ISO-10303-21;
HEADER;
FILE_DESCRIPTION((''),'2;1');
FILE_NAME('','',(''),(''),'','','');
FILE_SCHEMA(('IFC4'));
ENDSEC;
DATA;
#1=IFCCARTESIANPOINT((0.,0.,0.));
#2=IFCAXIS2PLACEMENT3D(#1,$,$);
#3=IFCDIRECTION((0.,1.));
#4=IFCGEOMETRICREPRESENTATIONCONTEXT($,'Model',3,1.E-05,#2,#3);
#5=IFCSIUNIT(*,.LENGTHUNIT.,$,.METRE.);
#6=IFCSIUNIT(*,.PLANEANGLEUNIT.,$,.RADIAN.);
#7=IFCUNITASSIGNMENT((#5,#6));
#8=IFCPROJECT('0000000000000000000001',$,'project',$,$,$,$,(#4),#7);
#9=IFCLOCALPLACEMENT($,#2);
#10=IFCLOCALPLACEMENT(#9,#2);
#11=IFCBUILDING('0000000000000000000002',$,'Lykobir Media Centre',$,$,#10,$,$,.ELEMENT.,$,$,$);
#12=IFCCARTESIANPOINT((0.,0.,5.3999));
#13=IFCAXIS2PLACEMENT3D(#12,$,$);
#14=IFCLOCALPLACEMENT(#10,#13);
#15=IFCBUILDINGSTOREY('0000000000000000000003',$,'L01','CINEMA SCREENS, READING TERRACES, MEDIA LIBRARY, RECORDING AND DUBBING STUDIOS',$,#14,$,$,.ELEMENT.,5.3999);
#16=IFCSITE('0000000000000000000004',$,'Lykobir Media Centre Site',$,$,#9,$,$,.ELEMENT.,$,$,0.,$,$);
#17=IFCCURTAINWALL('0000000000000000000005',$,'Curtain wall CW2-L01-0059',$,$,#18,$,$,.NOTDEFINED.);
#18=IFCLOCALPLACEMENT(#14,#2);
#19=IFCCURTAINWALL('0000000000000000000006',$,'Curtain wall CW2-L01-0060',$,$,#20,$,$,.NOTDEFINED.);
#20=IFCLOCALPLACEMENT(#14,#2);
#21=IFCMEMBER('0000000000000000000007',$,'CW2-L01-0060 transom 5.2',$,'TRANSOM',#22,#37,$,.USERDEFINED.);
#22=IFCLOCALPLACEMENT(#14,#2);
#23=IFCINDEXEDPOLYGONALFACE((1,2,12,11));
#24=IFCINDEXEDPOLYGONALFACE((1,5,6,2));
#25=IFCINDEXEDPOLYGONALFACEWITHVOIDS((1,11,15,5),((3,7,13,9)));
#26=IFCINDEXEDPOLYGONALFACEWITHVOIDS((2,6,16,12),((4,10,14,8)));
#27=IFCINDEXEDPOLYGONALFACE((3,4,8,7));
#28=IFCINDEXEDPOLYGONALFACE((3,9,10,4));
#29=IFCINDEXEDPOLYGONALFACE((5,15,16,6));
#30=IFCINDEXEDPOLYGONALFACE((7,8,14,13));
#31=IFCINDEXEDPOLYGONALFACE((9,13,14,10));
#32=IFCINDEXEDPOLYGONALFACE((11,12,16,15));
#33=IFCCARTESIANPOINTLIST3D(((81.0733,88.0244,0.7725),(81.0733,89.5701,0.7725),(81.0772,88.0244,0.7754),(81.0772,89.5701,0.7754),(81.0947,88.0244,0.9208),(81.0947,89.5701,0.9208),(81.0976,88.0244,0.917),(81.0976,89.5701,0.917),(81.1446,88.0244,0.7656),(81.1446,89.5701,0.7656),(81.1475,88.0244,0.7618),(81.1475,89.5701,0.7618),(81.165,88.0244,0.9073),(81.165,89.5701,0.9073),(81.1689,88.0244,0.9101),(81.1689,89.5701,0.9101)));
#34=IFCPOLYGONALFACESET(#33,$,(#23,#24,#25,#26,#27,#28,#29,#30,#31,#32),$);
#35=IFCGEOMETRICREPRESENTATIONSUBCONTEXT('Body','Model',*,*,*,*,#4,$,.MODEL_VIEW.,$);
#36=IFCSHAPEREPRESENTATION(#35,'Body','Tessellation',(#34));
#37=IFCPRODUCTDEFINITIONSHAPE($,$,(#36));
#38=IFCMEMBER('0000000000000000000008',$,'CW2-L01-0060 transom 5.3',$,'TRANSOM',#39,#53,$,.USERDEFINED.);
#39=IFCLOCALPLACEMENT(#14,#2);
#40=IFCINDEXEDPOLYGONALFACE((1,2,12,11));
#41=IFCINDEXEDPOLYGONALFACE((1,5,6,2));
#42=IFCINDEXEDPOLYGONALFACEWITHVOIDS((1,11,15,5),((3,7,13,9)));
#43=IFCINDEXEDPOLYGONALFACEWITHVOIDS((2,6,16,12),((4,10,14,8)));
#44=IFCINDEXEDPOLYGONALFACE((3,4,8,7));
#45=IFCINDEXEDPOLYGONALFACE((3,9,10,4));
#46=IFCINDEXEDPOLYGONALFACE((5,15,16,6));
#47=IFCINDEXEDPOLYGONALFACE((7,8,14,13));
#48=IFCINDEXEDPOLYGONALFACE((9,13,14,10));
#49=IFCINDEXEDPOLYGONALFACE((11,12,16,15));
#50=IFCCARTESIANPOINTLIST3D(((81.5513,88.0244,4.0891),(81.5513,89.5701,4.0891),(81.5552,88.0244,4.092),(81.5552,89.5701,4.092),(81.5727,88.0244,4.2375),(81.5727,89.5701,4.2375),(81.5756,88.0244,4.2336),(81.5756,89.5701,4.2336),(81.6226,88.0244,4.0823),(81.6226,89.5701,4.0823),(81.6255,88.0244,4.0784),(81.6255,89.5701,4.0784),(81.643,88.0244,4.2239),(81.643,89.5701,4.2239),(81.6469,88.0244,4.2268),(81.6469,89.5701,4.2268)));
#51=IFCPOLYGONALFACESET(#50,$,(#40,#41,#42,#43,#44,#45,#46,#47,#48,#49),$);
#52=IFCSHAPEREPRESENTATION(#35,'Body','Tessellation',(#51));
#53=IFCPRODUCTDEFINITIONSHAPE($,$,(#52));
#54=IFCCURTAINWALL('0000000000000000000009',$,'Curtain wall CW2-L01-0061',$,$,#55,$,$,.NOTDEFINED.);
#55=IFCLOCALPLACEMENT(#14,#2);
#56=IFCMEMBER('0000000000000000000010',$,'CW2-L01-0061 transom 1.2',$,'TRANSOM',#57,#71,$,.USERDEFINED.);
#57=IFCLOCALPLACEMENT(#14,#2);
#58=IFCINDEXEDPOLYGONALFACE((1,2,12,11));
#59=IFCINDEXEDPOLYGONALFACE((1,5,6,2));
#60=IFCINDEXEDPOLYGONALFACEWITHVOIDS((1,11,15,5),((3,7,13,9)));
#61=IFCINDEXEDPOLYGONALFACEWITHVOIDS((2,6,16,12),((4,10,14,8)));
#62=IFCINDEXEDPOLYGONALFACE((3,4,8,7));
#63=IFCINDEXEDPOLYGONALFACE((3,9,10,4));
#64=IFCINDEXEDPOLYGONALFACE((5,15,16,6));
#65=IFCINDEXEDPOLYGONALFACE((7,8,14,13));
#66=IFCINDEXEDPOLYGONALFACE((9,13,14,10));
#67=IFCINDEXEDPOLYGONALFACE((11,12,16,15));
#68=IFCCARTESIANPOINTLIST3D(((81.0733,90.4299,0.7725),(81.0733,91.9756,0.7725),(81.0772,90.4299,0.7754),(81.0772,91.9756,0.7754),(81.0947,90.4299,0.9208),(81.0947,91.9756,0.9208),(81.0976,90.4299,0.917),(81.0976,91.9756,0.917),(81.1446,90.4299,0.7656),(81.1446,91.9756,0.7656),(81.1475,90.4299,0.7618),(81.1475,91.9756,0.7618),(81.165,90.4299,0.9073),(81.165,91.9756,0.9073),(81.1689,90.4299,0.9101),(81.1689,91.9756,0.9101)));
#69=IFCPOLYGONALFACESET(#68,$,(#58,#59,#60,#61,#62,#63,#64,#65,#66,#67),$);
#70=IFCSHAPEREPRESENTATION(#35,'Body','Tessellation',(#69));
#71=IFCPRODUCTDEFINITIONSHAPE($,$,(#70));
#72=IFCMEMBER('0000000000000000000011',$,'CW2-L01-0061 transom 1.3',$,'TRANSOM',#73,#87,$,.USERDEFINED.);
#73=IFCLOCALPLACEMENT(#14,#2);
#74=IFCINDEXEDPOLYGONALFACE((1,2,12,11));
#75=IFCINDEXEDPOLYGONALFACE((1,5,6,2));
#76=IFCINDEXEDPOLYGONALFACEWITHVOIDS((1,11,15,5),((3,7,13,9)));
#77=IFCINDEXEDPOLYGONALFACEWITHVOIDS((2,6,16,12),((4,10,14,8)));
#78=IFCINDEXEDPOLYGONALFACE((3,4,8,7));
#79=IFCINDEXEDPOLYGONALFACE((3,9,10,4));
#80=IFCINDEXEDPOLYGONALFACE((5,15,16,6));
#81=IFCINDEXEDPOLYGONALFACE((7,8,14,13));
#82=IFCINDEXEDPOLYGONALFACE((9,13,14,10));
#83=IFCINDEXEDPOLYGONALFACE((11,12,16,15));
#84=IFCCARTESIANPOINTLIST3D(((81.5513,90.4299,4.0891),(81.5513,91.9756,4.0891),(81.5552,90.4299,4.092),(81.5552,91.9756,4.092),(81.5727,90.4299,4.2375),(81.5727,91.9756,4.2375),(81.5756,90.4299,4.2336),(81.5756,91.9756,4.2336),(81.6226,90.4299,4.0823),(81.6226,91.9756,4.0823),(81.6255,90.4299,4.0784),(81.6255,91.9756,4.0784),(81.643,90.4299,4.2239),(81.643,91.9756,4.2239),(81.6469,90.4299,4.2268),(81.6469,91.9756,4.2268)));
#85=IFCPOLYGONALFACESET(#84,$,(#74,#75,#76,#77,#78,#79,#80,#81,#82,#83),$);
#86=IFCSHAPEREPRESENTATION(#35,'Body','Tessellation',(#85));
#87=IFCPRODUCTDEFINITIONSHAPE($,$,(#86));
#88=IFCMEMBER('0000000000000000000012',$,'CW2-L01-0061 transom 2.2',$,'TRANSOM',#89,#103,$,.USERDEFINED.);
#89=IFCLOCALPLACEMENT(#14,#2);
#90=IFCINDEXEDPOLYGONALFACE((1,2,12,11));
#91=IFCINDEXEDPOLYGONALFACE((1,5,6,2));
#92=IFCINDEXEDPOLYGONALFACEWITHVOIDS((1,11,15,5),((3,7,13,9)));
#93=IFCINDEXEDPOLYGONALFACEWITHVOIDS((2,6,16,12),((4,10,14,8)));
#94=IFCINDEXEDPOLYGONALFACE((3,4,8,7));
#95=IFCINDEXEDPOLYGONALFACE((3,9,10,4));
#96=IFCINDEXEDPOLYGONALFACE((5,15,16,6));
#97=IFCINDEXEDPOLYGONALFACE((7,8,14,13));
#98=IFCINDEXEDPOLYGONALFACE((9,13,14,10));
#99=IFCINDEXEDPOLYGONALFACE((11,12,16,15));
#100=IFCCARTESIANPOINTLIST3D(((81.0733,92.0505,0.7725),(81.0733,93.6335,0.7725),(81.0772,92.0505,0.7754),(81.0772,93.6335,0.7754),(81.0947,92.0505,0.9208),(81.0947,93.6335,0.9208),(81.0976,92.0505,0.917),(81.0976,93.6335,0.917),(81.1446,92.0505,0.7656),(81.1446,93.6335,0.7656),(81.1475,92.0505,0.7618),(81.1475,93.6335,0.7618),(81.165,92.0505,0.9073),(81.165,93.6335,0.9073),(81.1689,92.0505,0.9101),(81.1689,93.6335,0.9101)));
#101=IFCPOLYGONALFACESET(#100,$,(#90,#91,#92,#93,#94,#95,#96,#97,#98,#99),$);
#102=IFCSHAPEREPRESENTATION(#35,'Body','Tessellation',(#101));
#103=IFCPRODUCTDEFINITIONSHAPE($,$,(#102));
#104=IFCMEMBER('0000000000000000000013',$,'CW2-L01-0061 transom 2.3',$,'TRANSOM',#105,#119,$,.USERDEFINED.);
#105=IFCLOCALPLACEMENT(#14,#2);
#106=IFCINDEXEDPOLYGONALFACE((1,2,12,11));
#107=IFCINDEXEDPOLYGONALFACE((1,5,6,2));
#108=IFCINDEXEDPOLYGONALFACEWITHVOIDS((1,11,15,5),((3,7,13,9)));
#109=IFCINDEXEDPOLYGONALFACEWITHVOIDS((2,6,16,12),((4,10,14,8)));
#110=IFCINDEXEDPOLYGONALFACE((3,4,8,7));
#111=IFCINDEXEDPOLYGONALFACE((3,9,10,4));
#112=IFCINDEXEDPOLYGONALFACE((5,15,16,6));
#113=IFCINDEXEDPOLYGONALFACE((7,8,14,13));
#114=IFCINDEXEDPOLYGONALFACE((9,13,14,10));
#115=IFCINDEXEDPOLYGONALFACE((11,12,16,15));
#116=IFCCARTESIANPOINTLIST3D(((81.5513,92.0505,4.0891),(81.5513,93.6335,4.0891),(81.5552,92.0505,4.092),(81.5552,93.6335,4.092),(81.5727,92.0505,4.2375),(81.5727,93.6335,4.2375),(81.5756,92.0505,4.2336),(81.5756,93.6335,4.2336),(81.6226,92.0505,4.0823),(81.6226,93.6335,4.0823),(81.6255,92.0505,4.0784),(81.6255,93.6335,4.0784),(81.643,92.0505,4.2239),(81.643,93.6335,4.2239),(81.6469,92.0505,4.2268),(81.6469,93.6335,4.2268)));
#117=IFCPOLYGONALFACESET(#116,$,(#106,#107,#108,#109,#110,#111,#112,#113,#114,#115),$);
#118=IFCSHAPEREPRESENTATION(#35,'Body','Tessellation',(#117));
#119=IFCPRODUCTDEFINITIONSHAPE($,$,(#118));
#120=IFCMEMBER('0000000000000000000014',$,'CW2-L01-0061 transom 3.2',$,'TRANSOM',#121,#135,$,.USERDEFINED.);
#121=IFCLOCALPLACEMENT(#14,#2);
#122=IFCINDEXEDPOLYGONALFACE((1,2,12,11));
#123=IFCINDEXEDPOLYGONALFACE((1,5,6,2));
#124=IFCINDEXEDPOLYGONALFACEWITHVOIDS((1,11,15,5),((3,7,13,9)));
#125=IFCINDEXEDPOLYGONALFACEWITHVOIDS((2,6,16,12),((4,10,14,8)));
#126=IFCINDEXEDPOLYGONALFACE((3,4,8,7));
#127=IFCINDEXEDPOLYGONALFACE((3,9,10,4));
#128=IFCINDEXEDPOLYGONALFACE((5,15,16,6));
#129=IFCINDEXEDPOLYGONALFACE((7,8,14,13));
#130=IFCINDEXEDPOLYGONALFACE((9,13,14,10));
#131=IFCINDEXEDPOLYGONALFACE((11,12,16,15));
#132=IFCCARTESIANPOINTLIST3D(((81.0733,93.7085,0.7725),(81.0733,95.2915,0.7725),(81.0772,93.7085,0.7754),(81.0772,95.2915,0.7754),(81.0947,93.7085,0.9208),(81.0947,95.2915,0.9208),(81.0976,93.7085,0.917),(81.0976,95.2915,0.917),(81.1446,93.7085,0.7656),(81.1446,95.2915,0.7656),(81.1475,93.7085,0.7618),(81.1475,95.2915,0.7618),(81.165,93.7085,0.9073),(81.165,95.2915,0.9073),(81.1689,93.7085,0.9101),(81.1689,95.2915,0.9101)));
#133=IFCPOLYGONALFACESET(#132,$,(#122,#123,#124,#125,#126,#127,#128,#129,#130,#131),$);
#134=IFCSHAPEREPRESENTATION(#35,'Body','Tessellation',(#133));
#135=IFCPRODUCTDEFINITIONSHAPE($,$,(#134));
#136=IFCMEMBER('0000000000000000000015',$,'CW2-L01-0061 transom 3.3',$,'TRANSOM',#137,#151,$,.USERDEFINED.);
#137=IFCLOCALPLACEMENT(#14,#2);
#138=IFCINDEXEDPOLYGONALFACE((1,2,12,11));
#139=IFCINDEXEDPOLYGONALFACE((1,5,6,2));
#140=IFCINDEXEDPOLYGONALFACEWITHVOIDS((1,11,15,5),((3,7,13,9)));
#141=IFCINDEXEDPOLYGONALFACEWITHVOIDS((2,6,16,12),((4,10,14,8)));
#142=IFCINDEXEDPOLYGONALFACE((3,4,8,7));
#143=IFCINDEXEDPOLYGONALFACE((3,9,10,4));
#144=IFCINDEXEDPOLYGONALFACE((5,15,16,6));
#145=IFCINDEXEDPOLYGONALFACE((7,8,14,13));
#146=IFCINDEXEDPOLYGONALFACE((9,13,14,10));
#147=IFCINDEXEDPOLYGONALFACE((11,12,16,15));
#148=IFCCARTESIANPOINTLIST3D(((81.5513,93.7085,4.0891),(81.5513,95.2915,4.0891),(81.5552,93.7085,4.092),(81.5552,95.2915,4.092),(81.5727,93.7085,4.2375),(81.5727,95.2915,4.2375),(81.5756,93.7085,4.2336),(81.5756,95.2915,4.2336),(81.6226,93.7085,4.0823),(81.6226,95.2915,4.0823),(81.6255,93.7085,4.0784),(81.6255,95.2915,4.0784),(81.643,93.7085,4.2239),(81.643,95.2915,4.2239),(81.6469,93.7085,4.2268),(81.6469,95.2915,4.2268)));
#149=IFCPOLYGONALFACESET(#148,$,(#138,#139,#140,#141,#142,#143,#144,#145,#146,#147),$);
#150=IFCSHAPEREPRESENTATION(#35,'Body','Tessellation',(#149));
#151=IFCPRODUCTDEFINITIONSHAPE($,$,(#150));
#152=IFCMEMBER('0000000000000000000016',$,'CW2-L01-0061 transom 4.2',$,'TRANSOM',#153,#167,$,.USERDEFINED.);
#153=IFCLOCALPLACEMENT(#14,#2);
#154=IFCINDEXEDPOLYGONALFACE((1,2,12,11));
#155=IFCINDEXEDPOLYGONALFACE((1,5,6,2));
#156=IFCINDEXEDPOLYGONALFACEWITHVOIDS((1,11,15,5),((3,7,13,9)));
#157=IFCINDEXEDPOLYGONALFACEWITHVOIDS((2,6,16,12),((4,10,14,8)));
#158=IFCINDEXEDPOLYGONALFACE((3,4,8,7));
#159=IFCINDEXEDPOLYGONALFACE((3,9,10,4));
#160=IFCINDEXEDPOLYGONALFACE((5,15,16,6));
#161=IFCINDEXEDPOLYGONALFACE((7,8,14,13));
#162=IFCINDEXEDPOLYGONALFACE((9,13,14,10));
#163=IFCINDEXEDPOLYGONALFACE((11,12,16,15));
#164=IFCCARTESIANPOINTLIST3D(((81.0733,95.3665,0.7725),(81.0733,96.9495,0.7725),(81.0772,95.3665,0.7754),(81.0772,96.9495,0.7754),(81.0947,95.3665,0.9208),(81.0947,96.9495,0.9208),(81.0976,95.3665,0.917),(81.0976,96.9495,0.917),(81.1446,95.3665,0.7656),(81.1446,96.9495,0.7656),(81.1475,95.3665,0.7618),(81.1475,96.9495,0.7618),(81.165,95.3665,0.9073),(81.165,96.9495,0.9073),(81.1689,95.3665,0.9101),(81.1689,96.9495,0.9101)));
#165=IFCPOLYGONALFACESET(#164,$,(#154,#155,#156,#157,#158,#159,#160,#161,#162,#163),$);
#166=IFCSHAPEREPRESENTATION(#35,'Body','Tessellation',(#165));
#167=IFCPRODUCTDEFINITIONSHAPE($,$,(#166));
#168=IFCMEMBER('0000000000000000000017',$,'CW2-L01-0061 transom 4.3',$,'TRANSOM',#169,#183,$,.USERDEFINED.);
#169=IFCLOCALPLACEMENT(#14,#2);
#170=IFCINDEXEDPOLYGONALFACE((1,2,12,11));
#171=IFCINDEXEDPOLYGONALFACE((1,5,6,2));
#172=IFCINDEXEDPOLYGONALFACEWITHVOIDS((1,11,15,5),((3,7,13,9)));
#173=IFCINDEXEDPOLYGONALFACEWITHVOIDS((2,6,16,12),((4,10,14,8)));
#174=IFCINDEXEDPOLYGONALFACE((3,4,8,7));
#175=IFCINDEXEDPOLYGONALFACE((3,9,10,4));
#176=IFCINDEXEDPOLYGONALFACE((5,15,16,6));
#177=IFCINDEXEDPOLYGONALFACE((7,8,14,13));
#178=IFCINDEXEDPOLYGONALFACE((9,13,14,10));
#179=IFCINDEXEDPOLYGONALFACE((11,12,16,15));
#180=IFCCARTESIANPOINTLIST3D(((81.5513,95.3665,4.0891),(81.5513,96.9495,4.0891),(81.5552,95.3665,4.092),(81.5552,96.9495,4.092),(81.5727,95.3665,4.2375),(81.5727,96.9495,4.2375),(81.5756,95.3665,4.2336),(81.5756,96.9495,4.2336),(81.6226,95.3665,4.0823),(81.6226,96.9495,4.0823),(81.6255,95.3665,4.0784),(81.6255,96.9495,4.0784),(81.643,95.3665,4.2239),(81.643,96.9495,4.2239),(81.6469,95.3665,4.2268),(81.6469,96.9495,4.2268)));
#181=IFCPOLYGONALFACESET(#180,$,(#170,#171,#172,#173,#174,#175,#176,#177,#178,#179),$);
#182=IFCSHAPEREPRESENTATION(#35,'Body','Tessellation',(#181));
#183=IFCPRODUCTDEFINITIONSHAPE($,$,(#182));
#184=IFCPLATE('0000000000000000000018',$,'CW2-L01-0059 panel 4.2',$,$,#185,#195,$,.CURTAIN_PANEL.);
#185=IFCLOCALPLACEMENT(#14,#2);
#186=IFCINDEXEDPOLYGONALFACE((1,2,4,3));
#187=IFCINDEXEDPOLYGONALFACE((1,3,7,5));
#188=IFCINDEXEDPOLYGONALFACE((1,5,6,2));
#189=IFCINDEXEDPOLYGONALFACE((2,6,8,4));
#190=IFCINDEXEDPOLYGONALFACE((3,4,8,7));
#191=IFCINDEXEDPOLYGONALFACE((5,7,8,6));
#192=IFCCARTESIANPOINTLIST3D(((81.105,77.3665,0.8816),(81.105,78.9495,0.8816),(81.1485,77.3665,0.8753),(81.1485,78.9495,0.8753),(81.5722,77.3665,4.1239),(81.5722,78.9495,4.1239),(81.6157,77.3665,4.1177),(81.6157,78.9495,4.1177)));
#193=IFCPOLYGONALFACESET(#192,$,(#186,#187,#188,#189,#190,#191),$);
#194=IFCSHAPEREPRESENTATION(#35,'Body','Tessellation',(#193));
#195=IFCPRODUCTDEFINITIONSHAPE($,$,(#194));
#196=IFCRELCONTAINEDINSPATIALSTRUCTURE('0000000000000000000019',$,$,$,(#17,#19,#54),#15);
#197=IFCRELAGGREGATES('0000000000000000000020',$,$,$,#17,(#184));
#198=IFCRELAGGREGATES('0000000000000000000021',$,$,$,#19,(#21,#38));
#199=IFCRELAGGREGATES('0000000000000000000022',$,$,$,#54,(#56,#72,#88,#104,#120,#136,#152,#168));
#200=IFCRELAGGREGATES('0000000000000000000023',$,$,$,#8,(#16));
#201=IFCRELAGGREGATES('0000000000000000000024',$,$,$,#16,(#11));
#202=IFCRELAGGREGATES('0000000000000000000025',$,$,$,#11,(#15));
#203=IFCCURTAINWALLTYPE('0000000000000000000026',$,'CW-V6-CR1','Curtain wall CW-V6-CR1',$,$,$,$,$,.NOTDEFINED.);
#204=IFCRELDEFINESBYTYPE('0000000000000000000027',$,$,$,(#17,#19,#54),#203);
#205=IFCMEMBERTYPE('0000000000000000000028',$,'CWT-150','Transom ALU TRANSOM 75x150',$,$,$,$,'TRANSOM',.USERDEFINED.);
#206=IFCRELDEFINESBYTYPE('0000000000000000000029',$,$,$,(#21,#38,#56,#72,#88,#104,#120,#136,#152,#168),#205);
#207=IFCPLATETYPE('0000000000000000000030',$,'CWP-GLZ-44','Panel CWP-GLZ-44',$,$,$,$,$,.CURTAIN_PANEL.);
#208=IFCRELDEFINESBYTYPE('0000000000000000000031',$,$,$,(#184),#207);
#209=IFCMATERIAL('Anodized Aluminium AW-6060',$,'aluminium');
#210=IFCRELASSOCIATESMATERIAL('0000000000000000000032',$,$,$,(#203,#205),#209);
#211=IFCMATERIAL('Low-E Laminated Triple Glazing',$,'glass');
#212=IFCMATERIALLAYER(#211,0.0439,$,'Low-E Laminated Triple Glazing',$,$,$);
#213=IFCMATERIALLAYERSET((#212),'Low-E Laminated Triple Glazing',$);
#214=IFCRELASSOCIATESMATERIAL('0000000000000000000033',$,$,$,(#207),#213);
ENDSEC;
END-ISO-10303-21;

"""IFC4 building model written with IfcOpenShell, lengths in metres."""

from ifc_helpers import new_model, si_unit, direction, frame, origin, origin_2d, place, context, subcontext, project, spatial, rectangle, hollow_rectangle, extrude, material, layer, layer_set, material_profile, profile_set, type_object, element, aggregate, save


model = new_model("IFC4")

# Units and contexts
model_context = context("Model", 3, precision=1e-05, world=origin(), true_north=direction((0.0, 1.0)))
body_context = subcontext(model_context, "Body", "Model", "MODEL_VIEW")
ifc_project = project(units=[si_unit("LENGTHUNIT", "METRE"), si_unit("PLANEANGLEUNIT", "RADIAN")], contexts=[model_context])

# Site, building, storey
site_placement = place(None, origin())
site = spatial("IfcSite", under=ifc_project, at=site_placement, Name="Lykobir Media Centre Site", CompositionType="ELEMENT", RefElevation=0.0)
building_placement = place(site_placement, origin())
building = spatial("IfcBuilding", under=site, at=building_placement, Name="Lykobir Media Centre", CompositionType="ELEMENT")
storey_placement = place(building_placement, frame((0.0, 0.0, 5.3999)))
storey = spatial("IfcBuildingStorey", under=building, at=storey_placement, Name="L01", Description="CINEMA SCREENS, READING TERRACES, MEDIA LIBRARY, RECORDING AND DUBBING STUDIOS", CompositionType="ELEMENT", Elevation=5.3999)

# Curtain walls, members
ifc_material_1 = material(Name="Anodized Aluminium AW-6060", Category="aluminium")
curtain_wall_type = type_object("IfcCurtainWallType", Name="CW-V6-CR1", Description="Curtain wall CW-V6-CR1", PredefinedType="NOTDEFINED", material=ifc_material_1)
curtain_wall_1_placement = place(storey_placement, origin())
curtain_wall_1 = element("IfcCurtainWall", 1, at=curtain_wall_1_placement, inside=storey, type_object=curtain_wall_type, Name="Curtain wall CW2-L01-0059", PredefinedType="NOTDEFINED")
ifc_material_profile = material_profile(ifc_material_1, hollow_rectangle(XDim=0.075, YDim=0.1499, WallThickness=0.0034, at=origin_2d()), Name="ALU TRANSOM 75x150")
ifc_profile_set = profile_set([ifc_material_profile], Name="Anodized Aluminium AW-6060")
member_type = type_object("IfcMemberType", Name="CWT-150", Description="Transom ALU TRANSOM 75x150", ElementType="TRANSOM", PredefinedType="USERDEFINED", material=ifc_profile_set)
curtain_wall_2_placement = place(storey_placement, origin())
curtain_wall_2 = element("IfcCurtainWall", 2, at=curtain_wall_2_placement, inside=storey, type_object=curtain_wall_type, Name="Curtain wall CW2-L01-0060", PredefinedType="NOTDEFINED")
member_1_placement = place(storey_placement, frame((81.1211, 88.0244, 0.8413), z_axis=(0.0, 1.0, 0.0), x_axis=(-0.989776, 0.0, 0.142629)))
member_1 = element("IfcMember", 3, at=member_1_placement, type_object=member_type, Name="CW2-L01-0060 transom 5.2", ObjectType="TRANSOM", PredefinedType="USERDEFINED", context=body_context, shape_type="SweptSolid", body=[
    extrude(hollow_rectangle(XDim=0.075, YDim=0.1499, WallThickness=0.0034, at=origin_2d()), origin(), (0.0, 0.0, 1.0), 1.5457),
])
member_2_placement = place(storey_placement, frame((81.5991, 88.0244, 4.158), z_axis=(0.0, 1.0, 0.0), x_axis=(-0.989776, 0.0, 0.142629)))
member_2 = element("IfcMember", 4, at=member_2_placement, type_object=member_type, Name="CW2-L01-0060 transom 5.3", ObjectType="TRANSOM", PredefinedType="USERDEFINED", context=body_context, shape_type="SweptSolid", body=[
    extrude(hollow_rectangle(XDim=0.075, YDim=0.1499, WallThickness=0.0034, at=origin_2d()), origin(), (0.0, 0.0, 1.0), 1.5457),
])
curtain_wall_3_placement = place(storey_placement, origin())
curtain_wall_3 = element("IfcCurtainWall", 5, at=curtain_wall_3_placement, inside=storey, type_object=curtain_wall_type, Name="Curtain wall CW2-L01-0061", PredefinedType="NOTDEFINED")
member_3_placement = place(storey_placement, frame((81.1211, 90.4299, 0.8413), z_axis=(0.0, 1.0, 0.0), x_axis=(-0.989776, 0.0, 0.142629)))
member_3 = element("IfcMember", 6, at=member_3_placement, type_object=member_type, Name="CW2-L01-0061 transom 1.2", ObjectType="TRANSOM", PredefinedType="USERDEFINED", context=body_context, shape_type="SweptSolid", body=[
    extrude(hollow_rectangle(XDim=0.075, YDim=0.1499, WallThickness=0.0034, at=origin_2d()), origin(), (0.0, 0.0, 1.0), 1.5457),
])
member_4_placement = place(storey_placement, frame((81.5991, 90.4299, 4.158), z_axis=(0.0, 1.0, 0.0), x_axis=(-0.989776, 0.0, 0.142629)))
member_4 = element("IfcMember", 7, at=member_4_placement, type_object=member_type, Name="CW2-L01-0061 transom 1.3", ObjectType="TRANSOM", PredefinedType="USERDEFINED", context=body_context, shape_type="SweptSolid", body=[
    extrude(hollow_rectangle(XDim=0.075, YDim=0.1499, WallThickness=0.0034, at=origin_2d()), origin(), (0.0, 0.0, 1.0), 1.5457),
])
member_5_placement = place(storey_placement, frame((81.1211, 92.0505, 0.8413), z_axis=(0.0, 1.0, 0.0), x_axis=(-0.989776, 0.0, 0.142629)))
member_5 = element("IfcMember", 8, at=member_5_placement, type_object=member_type, Name="CW2-L01-0061 transom 2.2", ObjectType="TRANSOM", PredefinedType="USERDEFINED", context=body_context, shape_type="SweptSolid", body=[
    extrude(hollow_rectangle(XDim=0.075, YDim=0.1499, WallThickness=0.0034, at=origin_2d()), origin(), (0.0, 0.0, 1.0), 1.583),
])
member_6_placement = place(storey_placement, frame((81.5991, 92.0505, 4.158), z_axis=(0.0, 1.0, 0.0), x_axis=(-0.989776, 0.0, 0.142629)))
member_6 = element("IfcMember", 9, at=member_6_placement, type_object=member_type, Name="CW2-L01-0061 transom 2.3", ObjectType="TRANSOM", PredefinedType="USERDEFINED", context=body_context, shape_type="SweptSolid", body=[
    extrude(hollow_rectangle(XDim=0.075, YDim=0.1499, WallThickness=0.0034, at=origin_2d()), origin(), (0.0, 0.0, 1.0), 1.583),
])
member_7_placement = place(storey_placement, frame((81.1211, 93.7085, 0.8413), z_axis=(0.0, 1.0, 0.0), x_axis=(-0.989776, 0.0, 0.142629)))
member_7 = element("IfcMember", 10, at=member_7_placement, type_object=member_type, Name="CW2-L01-0061 transom 3.2", ObjectType="TRANSOM", PredefinedType="USERDEFINED", context=body_context, shape_type="SweptSolid", body=[
    extrude(hollow_rectangle(XDim=0.075, YDim=0.1499, WallThickness=0.0034, at=origin_2d()), origin(), (0.0, 0.0, 1.0), 1.583),
])
member_8_placement = place(storey_placement, frame((81.5991, 93.7085, 4.158), z_axis=(0.0, 1.0, 0.0), x_axis=(-0.989776, 0.0, 0.142629)))
member_8 = element("IfcMember", 11, at=member_8_placement, type_object=member_type, Name="CW2-L01-0061 transom 3.3", ObjectType="TRANSOM", PredefinedType="USERDEFINED", context=body_context, shape_type="SweptSolid", body=[
    extrude(hollow_rectangle(XDim=0.075, YDim=0.1499, WallThickness=0.0034, at=origin_2d()), origin(), (0.0, 0.0, 1.0), 1.583),
])
member_9_placement = place(storey_placement, frame((81.1211, 95.3665, 0.8413), z_axis=(0.0, 1.0, 0.0), x_axis=(-0.989776, 0.0, 0.142629)))
member_9 = element("IfcMember", 12, at=member_9_placement, type_object=member_type, Name="CW2-L01-0061 transom 4.2", ObjectType="TRANSOM", PredefinedType="USERDEFINED", context=body_context, shape_type="SweptSolid", body=[
    extrude(hollow_rectangle(XDim=0.075, YDim=0.1499, WallThickness=0.0034, at=origin_2d()), origin(), (0.0, 0.0, 1.0), 1.583),
])
member_10_placement = place(storey_placement, frame((81.5991, 95.3665, 4.158), z_axis=(0.0, 1.0, 0.0), x_axis=(-0.989776, 0.0, 0.142629)))
member_10 = element("IfcMember", 13, at=member_10_placement, type_object=member_type, Name="CW2-L01-0061 transom 4.3", ObjectType="TRANSOM", PredefinedType="USERDEFINED", context=body_context, shape_type="SweptSolid", body=[
    extrude(hollow_rectangle(XDim=0.075, YDim=0.1499, WallThickness=0.0034, at=origin_2d()), origin(), (0.0, 0.0, 1.0), 1.583),
])

# Plate
ifc_material_2 = material(Name="Low-E Laminated Triple Glazing", Category="glass")
ifc_layer_1 = layer(ifc_material_2, 0.0439, Name="Low-E Laminated Triple Glazing")
ifc_layer_set_1 = layer_set([ifc_layer_1], Name="Low-E Laminated Triple Glazing")
plate_type_1 = type_object("IfcPlateType", Name="CWP-GLZ-44", Description="Panel CWP-GLZ-44", PredefinedType="CURTAIN_PANEL", material=ifc_layer_set_1)
plate_1_placement = place(storey_placement, frame((81.1267, 78.158, 0.8784), z_axis=(0.142629, 0.0, 0.989776), x_axis=(0.0, 1.0, 0.0)))
plate_1 = element("IfcPlate", 14, at=plate_1_placement, type_object=plate_type_1, Name="CW2-L01-0059 panel 4.2", PredefinedType="CURTAIN_PANEL", context=body_context, shape_type="SweptSolid", body=[
    extrude(rectangle(XDim=1.583, YDim=0.0439, at=origin_2d()), origin(), (0.0, 0.0, 1.0), 3.2759),
])
aggregate(curtain_wall_1, [plate_1])
aggregate(curtain_wall_2, [member_1, member_2])
aggregate(curtain_wall_3, [member_3, member_4, member_5, member_6, member_7, member_8, member_9, member_10])

save(model, "model.ifc")
